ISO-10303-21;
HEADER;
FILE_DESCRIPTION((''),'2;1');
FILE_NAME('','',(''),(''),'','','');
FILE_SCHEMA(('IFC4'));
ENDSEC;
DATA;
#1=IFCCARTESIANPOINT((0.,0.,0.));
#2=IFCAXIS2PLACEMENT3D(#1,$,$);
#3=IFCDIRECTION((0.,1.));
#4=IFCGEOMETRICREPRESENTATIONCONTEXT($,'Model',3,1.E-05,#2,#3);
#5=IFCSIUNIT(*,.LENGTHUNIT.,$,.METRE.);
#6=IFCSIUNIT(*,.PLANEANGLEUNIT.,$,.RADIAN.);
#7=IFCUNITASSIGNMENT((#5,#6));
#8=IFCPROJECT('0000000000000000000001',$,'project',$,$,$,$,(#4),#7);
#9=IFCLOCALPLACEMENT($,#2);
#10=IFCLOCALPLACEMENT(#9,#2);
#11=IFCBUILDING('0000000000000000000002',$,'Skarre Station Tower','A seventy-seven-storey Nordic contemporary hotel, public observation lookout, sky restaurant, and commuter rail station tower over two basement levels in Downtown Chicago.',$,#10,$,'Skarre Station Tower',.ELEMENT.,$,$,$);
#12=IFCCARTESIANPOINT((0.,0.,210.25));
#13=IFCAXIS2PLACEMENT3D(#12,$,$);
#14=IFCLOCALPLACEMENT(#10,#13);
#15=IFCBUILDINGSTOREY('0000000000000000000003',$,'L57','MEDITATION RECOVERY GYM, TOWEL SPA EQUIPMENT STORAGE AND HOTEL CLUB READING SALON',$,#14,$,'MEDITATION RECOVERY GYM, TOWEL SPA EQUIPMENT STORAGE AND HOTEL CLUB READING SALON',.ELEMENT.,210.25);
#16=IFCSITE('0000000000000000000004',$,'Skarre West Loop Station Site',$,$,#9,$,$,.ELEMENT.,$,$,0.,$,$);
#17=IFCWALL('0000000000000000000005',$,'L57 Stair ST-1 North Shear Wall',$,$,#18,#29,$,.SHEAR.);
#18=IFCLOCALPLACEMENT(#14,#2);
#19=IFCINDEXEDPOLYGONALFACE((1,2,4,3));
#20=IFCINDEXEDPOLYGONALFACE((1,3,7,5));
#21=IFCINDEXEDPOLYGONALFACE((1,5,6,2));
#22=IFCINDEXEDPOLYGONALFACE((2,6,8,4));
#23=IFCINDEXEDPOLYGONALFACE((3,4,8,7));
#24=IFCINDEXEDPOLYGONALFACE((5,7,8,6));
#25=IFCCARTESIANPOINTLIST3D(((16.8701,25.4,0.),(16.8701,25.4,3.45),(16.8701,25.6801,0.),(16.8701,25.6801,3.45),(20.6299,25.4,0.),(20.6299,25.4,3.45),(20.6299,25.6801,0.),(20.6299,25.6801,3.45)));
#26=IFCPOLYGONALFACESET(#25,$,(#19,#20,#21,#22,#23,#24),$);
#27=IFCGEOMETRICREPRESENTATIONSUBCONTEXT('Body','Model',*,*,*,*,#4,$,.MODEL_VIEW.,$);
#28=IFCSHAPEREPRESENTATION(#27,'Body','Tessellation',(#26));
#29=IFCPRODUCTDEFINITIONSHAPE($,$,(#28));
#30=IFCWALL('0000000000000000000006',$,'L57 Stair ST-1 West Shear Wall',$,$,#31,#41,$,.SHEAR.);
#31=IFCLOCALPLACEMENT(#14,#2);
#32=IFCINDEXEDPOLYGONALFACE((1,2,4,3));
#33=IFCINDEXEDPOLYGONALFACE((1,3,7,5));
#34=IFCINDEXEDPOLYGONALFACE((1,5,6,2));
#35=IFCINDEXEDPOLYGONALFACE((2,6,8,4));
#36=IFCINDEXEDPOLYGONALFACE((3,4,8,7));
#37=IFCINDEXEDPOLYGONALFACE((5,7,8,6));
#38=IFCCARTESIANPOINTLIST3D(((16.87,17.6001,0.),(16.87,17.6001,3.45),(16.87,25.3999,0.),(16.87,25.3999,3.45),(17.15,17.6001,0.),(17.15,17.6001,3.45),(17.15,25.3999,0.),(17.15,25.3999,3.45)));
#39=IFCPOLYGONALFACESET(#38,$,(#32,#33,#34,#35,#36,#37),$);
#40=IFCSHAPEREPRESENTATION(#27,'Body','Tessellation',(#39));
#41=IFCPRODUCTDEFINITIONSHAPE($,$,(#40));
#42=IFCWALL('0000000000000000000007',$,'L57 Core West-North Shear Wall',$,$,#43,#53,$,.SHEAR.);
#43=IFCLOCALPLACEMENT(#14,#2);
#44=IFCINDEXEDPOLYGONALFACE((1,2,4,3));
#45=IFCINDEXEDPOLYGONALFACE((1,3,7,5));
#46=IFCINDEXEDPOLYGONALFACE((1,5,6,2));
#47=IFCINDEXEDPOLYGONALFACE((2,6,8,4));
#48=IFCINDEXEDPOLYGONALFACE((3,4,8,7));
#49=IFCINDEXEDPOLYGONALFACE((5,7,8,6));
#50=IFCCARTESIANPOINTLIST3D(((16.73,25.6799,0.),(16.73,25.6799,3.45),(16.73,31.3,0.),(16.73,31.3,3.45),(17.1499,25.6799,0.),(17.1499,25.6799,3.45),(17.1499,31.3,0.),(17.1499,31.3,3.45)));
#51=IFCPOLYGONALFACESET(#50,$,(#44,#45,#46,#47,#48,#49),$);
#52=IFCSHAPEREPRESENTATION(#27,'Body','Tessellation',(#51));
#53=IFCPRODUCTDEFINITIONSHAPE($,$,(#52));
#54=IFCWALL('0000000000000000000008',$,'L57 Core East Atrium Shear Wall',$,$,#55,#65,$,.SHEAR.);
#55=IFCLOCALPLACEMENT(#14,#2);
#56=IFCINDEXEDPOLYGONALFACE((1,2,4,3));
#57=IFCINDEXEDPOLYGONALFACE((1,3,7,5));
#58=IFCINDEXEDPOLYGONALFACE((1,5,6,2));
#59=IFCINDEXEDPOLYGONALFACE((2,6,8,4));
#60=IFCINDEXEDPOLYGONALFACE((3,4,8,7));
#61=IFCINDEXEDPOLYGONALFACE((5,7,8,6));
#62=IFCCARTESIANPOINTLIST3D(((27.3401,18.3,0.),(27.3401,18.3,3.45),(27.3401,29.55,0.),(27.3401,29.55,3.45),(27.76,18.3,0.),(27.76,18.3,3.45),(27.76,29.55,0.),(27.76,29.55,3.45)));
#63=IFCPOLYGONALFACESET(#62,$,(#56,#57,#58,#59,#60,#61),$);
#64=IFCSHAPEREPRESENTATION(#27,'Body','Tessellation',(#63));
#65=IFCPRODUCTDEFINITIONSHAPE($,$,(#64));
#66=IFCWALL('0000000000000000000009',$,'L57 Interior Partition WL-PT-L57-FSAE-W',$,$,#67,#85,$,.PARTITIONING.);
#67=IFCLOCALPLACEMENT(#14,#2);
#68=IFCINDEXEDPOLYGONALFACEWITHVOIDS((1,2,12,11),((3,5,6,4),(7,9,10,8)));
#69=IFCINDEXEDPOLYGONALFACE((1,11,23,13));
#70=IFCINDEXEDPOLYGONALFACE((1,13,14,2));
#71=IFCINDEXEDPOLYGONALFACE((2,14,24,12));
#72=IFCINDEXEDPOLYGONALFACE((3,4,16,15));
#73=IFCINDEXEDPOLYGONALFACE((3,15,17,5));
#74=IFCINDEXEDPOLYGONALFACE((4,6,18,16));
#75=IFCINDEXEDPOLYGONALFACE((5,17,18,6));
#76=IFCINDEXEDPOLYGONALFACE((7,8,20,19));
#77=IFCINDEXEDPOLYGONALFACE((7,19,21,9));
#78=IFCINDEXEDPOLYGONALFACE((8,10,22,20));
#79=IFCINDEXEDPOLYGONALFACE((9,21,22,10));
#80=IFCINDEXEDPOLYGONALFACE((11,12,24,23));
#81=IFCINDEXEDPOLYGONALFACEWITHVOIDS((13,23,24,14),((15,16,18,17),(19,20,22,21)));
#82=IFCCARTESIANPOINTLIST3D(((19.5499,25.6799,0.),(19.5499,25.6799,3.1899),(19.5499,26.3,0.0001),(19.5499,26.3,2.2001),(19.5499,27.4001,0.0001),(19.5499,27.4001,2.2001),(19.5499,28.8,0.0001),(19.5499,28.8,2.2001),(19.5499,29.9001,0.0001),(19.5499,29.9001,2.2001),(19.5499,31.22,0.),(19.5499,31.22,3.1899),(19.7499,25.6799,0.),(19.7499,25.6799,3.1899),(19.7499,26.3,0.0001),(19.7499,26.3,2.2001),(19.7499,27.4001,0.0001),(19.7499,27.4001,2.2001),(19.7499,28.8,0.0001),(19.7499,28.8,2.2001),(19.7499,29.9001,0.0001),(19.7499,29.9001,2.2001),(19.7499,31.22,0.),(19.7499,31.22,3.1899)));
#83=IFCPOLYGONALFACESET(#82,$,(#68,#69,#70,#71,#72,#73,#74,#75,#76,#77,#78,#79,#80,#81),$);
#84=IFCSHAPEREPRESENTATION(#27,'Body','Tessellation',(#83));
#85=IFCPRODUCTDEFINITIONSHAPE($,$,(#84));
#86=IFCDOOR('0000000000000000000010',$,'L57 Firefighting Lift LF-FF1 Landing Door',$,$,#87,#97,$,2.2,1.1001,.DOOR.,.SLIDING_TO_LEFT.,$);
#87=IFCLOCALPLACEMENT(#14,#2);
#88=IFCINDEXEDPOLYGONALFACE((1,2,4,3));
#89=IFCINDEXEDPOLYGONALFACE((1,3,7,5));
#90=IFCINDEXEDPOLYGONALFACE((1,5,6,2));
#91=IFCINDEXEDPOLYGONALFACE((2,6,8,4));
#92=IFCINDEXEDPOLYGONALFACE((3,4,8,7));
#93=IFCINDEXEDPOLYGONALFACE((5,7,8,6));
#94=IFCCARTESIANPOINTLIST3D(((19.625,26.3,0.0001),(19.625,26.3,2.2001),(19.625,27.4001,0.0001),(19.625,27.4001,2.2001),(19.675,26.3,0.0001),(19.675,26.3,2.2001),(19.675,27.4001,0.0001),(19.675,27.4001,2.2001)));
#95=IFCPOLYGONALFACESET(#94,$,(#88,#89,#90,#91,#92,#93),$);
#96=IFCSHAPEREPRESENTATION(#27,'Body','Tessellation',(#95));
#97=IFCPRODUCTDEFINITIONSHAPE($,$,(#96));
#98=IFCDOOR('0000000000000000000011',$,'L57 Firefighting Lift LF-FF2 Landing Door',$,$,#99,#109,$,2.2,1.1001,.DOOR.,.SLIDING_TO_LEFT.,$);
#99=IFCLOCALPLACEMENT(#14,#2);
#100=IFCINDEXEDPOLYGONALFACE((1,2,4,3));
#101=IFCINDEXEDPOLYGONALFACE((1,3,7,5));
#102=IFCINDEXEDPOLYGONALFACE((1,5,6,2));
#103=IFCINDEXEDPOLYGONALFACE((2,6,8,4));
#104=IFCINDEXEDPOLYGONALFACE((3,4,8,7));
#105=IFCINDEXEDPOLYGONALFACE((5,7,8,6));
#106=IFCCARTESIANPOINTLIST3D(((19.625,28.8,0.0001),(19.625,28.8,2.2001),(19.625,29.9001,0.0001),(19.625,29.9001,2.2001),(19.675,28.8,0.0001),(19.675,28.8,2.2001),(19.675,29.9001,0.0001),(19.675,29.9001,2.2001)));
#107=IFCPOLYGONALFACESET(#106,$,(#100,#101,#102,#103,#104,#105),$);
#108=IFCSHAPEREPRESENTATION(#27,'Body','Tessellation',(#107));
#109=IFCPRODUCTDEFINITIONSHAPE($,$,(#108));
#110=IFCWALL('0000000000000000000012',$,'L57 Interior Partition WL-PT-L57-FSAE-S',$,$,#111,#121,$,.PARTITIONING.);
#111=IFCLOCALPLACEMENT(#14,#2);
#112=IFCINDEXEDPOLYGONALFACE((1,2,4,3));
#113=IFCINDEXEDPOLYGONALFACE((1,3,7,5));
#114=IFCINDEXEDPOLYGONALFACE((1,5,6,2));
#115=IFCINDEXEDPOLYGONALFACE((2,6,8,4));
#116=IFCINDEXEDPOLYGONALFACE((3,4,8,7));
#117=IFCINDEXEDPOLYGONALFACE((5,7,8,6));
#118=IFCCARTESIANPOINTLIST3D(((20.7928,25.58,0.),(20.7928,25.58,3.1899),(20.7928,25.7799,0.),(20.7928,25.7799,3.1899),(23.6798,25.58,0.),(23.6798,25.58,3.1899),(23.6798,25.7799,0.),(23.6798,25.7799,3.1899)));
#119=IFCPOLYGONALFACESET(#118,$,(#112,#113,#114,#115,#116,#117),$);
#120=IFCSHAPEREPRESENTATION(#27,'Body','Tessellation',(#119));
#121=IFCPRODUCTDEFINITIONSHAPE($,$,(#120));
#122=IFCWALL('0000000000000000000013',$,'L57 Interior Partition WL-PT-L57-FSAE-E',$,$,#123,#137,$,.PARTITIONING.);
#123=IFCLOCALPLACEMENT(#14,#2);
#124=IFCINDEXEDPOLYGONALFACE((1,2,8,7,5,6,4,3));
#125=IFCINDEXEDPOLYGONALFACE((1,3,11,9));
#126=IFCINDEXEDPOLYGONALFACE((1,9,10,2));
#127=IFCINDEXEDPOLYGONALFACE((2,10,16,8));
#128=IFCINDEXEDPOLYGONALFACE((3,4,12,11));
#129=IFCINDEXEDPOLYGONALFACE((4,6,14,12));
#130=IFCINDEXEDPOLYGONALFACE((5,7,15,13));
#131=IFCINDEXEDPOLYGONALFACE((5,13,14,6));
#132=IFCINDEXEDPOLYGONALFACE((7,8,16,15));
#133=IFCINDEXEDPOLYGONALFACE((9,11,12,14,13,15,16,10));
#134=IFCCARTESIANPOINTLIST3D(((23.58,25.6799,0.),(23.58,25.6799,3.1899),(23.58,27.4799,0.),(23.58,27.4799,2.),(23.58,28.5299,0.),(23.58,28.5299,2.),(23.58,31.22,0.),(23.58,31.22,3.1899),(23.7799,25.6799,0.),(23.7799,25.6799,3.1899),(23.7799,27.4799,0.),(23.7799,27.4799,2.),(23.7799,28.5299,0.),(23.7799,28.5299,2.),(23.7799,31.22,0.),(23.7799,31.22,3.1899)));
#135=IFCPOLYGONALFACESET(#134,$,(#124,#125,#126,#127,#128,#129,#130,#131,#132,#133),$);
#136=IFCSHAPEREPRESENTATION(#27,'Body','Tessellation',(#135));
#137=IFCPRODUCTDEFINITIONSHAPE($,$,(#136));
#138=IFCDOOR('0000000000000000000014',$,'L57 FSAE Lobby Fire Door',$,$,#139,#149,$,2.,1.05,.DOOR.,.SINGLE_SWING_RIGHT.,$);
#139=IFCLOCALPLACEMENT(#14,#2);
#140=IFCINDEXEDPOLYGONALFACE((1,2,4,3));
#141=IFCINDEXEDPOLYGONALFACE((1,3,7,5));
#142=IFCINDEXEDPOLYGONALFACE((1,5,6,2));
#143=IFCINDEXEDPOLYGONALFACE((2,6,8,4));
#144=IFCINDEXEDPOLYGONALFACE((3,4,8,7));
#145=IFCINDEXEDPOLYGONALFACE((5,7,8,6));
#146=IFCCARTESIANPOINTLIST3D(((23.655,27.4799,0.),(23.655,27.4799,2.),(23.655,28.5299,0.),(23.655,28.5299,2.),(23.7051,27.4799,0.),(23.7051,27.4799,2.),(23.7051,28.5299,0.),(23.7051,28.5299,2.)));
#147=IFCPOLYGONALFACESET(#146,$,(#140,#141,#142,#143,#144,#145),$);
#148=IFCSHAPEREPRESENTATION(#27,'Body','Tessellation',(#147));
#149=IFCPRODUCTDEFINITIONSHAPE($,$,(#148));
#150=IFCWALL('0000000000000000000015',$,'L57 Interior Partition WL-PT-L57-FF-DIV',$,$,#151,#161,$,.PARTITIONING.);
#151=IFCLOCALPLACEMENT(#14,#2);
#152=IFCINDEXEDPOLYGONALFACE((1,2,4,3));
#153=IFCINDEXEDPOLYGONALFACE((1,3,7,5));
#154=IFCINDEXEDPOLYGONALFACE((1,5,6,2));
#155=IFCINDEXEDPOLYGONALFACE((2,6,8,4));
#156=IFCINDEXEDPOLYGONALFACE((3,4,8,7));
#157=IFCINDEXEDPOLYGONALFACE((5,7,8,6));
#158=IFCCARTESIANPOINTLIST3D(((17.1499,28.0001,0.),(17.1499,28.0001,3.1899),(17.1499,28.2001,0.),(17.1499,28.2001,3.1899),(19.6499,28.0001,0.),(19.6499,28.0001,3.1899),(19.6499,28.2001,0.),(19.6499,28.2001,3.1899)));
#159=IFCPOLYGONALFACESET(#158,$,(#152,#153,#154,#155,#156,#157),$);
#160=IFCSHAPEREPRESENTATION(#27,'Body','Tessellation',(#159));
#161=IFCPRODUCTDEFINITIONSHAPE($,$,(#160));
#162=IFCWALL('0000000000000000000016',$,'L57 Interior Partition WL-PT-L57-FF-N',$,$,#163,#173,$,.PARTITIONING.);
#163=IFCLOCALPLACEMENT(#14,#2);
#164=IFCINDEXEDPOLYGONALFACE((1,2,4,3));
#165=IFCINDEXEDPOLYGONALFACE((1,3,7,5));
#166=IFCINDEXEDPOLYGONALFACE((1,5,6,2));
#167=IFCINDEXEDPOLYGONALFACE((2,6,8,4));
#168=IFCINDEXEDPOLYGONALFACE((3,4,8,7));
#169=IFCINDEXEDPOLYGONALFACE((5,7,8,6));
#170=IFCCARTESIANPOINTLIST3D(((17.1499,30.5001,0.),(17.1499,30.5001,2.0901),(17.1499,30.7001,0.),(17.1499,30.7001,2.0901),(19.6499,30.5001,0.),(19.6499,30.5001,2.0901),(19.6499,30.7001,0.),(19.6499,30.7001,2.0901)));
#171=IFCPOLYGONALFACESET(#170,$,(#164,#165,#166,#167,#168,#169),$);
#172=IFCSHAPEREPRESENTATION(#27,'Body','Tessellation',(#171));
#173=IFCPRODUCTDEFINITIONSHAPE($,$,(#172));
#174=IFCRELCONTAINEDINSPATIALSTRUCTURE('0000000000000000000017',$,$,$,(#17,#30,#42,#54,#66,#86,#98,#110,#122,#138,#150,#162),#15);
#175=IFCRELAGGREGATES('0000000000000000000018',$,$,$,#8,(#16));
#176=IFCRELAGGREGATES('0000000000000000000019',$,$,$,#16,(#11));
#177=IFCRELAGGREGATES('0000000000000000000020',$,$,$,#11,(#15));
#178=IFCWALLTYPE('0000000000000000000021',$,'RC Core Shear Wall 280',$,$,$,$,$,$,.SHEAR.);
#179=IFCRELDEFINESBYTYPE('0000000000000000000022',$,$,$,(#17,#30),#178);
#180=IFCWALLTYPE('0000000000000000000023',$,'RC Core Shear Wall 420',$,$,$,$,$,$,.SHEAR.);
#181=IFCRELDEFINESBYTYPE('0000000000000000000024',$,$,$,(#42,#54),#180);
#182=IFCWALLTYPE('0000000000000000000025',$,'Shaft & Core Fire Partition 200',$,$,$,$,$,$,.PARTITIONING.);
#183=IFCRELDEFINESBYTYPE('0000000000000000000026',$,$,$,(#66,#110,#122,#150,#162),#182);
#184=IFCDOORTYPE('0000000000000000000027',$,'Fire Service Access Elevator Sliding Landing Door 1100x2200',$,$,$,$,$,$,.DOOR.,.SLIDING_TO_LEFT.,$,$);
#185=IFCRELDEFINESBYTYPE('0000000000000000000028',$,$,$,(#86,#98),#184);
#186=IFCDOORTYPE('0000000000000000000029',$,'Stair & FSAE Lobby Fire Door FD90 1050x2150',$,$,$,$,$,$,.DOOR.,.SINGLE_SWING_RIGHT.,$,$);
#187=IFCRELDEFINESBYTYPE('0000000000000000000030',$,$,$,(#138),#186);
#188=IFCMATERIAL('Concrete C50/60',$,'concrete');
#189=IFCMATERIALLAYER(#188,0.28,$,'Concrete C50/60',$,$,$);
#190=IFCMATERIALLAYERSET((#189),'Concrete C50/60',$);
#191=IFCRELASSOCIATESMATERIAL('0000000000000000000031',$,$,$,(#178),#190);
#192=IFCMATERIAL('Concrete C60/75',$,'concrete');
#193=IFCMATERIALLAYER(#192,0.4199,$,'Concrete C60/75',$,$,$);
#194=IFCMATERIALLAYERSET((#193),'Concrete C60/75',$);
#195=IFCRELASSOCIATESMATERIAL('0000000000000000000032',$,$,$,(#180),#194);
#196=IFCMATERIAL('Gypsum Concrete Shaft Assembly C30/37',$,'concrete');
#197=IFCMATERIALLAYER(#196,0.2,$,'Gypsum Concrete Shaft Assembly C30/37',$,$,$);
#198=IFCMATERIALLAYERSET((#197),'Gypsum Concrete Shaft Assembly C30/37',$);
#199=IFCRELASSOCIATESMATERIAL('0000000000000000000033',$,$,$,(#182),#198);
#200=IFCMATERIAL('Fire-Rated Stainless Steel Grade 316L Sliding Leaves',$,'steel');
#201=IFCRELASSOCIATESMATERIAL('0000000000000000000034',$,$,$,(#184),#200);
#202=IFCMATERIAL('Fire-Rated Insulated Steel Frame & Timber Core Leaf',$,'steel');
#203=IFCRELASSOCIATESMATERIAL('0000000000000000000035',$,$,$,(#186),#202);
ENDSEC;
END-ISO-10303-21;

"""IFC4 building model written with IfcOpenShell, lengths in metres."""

from ifc_helpers import new_model, si_unit, direction, frame, frame_2d, origin, place, context, subcontext, project, spatial, rectangle, extrude, material, layer, layer_set, type_object, element, fill, save


model = new_model("IFC4")

# Units and contexts
model_context = context("Model", 3, precision=1e-05, world=origin(), true_north=direction((0.0, 1.0)))
body_context = subcontext(model_context, "Body", "Model", "MODEL_VIEW")
ifc_project = project(units=[si_unit("LENGTHUNIT", "METRE"), si_unit("PLANEANGLEUNIT", "RADIAN")], contexts=[model_context])

# Site, building, storey
site_placement = place(None, origin())
site = spatial("IfcSite", under=ifc_project, at=site_placement, Name="Skarre West Loop Station Site", CompositionType="ELEMENT", RefElevation=0.0)
building_placement = place(site_placement, origin())
building = spatial("IfcBuilding", under=site, at=building_placement, Name="Skarre Station Tower", Description="A seventy-seven-storey Nordic contemporary hotel, public observation lookout, sky restaurant, and commuter rail station tower over two basement levels in Downtown Chicago.", LongName="Skarre Station Tower", CompositionType="ELEMENT")
storey_placement = place(building_placement, frame((0.0, 0.0, 210.25)))
storey = spatial("IfcBuildingStorey", under=building, at=storey_placement, Name="L57", Description="MEDITATION RECOVERY GYM, TOWEL SPA EQUIPMENT STORAGE AND HOTEL CLUB READING SALON", LongName="MEDITATION RECOVERY GYM, TOWEL SPA EQUIPMENT STORAGE AND HOTEL CLUB READING SALON", CompositionType="ELEMENT", Elevation=210.25)

# Shared definitions
ifc_material_1 = material(Name="Concrete C60/75", Category="concrete")
ifc_material_2 = material(Name="Concrete C50/60", Category="concrete")

# Walls
ifc_layer_1 = layer(ifc_material_2, 0.28, Name="Concrete C50/60")
ifc_layer_set_1 = layer_set([ifc_layer_1], Name="Concrete C50/60")
wall_type_1 = type_object("IfcWallType", Name="RC Core Shear Wall 280", PredefinedType="SHEAR", material=ifc_layer_set_1)
wall_1_placement = place(storey_placement, frame((20.6299, 25.54, 0.0), z_axis=(0.0, 0.0, 1.0), x_axis=(-1.0, 0.0, 0.0)))
element("IfcWall", 1, at=wall_1_placement, inside=storey, type_object=wall_type_1, Name="L57 Stair ST-1 North Shear Wall", PredefinedType="SHEAR", context=body_context, shape_type="SweptSolid", body=[
    extrude(rectangle(XDim=3.7598, YDim=0.28, at=frame_2d((1.8799, 0.0))), origin(), (0.0, 0.0, 1.0), 3.45),
])
wall_2_placement = place(storey_placement, frame((17.01, 25.3999, 0.0), z_axis=(0.0, 0.0, 1.0), x_axis=(0.0, -1.0, 0.0)))
element("IfcWall", 2, at=wall_2_placement, inside=storey, type_object=wall_type_1, Name="L57 Stair ST-1 West Shear Wall", PredefinedType="SHEAR", context=body_context, shape_type="SweptSolid", body=[
    extrude(rectangle(XDim=7.7998, YDim=0.28, at=frame_2d((3.8999, 0.0))), origin(), (0.0, 0.0, 1.0), 3.45),
])
ifc_layer_2 = layer(ifc_material_1, 0.4199, Name="Concrete C60/75")
ifc_layer_set_2 = layer_set([ifc_layer_2], Name="Concrete C60/75")
wall_type_2 = type_object("IfcWallType", Name="RC Core Shear Wall 420", PredefinedType="SHEAR", material=ifc_layer_set_2)
wall_3_placement = place(storey_placement, frame((16.9399, 25.6799, 0.0), z_axis=(0.0, 0.0, 1.0), x_axis=(0.0, 1.0, 0.0)))
element("IfcWall", 3, at=wall_3_placement, inside=storey, type_object=wall_type_2, Name="L57 Core West-North Shear Wall", PredefinedType="SHEAR", context=body_context, shape_type="SweptSolid", body=[
    extrude(rectangle(XDim=5.6201, YDim=0.4199, at=frame_2d((2.8101, 0.0))), origin(), (0.0, 0.0, 1.0), 3.45),
])
wall_4_placement = place(storey_placement, frame((27.55, 29.55, 0.0), z_axis=(0.0, 0.0, 1.0), x_axis=(0.0, -1.0, 0.0)))
element("IfcWall", 4, at=wall_4_placement, inside=storey, type_object=wall_type_2, Name="L57 Core East Atrium Shear Wall", PredefinedType="SHEAR", context=body_context, shape_type="SweptSolid", body=[
    extrude(rectangle(XDim=11.25, YDim=0.4199, at=frame_2d((5.625, 0.0))), origin(), (0.0, 0.0, 1.0), 3.45),
])

# Wall, openings, doors
ifc_material_3 = material(Name="Gypsum Concrete Shaft Assembly C30/37", Category="concrete")
ifc_layer_3 = layer(ifc_material_3, 0.2, Name="Gypsum Concrete Shaft Assembly C30/37")
ifc_layer_set_3 = layer_set([ifc_layer_3], Name="Gypsum Concrete Shaft Assembly C30/37")
wall_type_3 = type_object("IfcWallType", Name="Shaft & Core Fire Partition 200", PredefinedType="PARTITIONING", material=ifc_layer_set_3)
wall_5_placement = place(storey_placement, frame((19.6499, 25.6799, 0.0), z_axis=(0.0, 0.0, 1.0), x_axis=(0.0, 1.0, 0.0)))
wall_5 = element("IfcWall", 5, at=wall_5_placement, inside=storey, type_object=wall_type_3, Name="L57 Interior Partition WL-PT-L57-FSAE-W", PredefinedType="PARTITIONING", context=body_context, shape_type="SweptSolid", body=[
    extrude(rectangle(XDim=5.54, YDim=0.2, at=frame_2d((2.77, 0.0))), origin(), (0.0, 0.0, 1.0), 3.1899),
])
opening_1_placement = place(wall_5_placement, frame((0.6201, 0.0, 0.0)))
opening_1 = element("IfcOpeningElement", 6, at=opening_1_placement, cuts=wall_5, PredefinedType="OPENING", context=body_context, shape_type="SweptSolid", body=[
    extrude(rectangle(XDim=1.1001, YDim=2.2, at=frame_2d((0.55, 1.1001))), frame((0.0, 0.1099, 0.0), z_axis=(0.0, -1.0, 0.0), x_axis=(1.0, 0.0, 0.0)), (0.0, 0.0, 1.0), 0.22),
])
opening_2_placement = place(wall_5_placement, frame((3.1201, 0.0, 0.0)))
opening_2 = element("IfcOpeningElement", 7, at=opening_2_placement, cuts=wall_5, PredefinedType="OPENING", context=body_context, shape_type="SweptSolid", body=[
    extrude(rectangle(XDim=1.1001, YDim=2.2, at=frame_2d((0.55, 1.1001))), frame((0.0, 0.1099, 0.0), z_axis=(0.0, -1.0, 0.0), x_axis=(1.0, 0.0, 0.0)), (0.0, 0.0, 1.0), 0.22),
])
ifc_material_4 = material(Name="Fire-Rated Stainless Steel Grade 316L Sliding Leaves", Category="steel")
door_type_1 = type_object("IfcDoorType", Name="Fire Service Access Elevator Sliding Landing Door 1100x2200", OperationType="SLIDING_TO_LEFT", PredefinedType="DOOR", material=ifc_material_4)
door_1_placement = place(opening_1_placement, origin())
door_1 = element("IfcDoor", 8, at=door_1_placement, inside=storey, type_object=door_type_1, Name="L57 Firefighting Lift LF-FF1 Landing Door", OperationType="SLIDING_TO_LEFT", OverallHeight=2.2, OverallWidth=1.1001, PredefinedType="DOOR", context=body_context, shape_type="SweptSolid", body=[
    extrude(rectangle(XDim=1.1001, YDim=2.2, at=frame_2d((0.55, 1.1001))), frame((0.0, 0.0249, 0.0), z_axis=(0.0, -1.0, 0.0), x_axis=(1.0, 0.0, 0.0)), (0.0, 0.0, 1.0), 0.05),
])
fill(opening_1, door_1)
door_2_placement = place(opening_2_placement, origin())
door_2 = element("IfcDoor", 9, at=door_2_placement, inside=storey, type_object=door_type_1, Name="L57 Firefighting Lift LF-FF2 Landing Door", OperationType="SLIDING_TO_LEFT", OverallHeight=2.2, OverallWidth=1.1001, PredefinedType="DOOR", context=body_context, shape_type="SweptSolid", body=[
    extrude(rectangle(XDim=1.1001, YDim=2.2, at=frame_2d((0.55, 1.1001))), frame((0.0, 0.0249, 0.0), z_axis=(0.0, -1.0, 0.0), x_axis=(1.0, 0.0, 0.0)), (0.0, 0.0, 1.0), 0.05),
])
fill(opening_2, door_2)

# Wall
wall_6_placement = place(storey_placement, frame((20.793, 25.6799, 0.0), z_axis=(0.0, 0.0, 1.0), x_axis=(1.0, 0.0, 0.0)))
element("IfcWall", 10, at=wall_6_placement, inside=storey, type_object=wall_type_3, Name="L57 Interior Partition WL-PT-L57-FSAE-S", PredefinedType="PARTITIONING", context=body_context, shape_type="SweptSolid", body=[
    extrude(rectangle(XDim=2.887, YDim=0.2, at=frame_2d((1.4434, 0.0))), origin(), (0.0, 0.0, 1.0), 3.1899),
])

# Wall, opening, door
wall_7_placement = place(storey_placement, frame((23.6799, 25.6799, 0.0), z_axis=(0.0, 0.0, 1.0), x_axis=(0.0, 1.0, 0.0)))
wall_7 = element("IfcWall", 11, at=wall_7_placement, inside=storey, type_object=wall_type_3, Name="L57 Interior Partition WL-PT-L57-FSAE-E", PredefinedType="PARTITIONING", context=body_context, shape_type="SweptSolid", body=[
    extrude(rectangle(XDim=5.54, YDim=0.2, at=frame_2d((2.77, 0.0))), origin(), (0.0, 0.0, 1.0), 3.1899),
])
opening_3_placement = place(wall_7_placement, frame((1.8, 0.0, 0.0)))
opening_3 = element("IfcOpeningElement", 12, at=opening_3_placement, cuts=wall_7, PredefinedType="OPENING", context=body_context, shape_type="SweptSolid", body=[
    extrude(rectangle(XDim=1.05, YDim=2.0, at=frame_2d((0.5249, 1.0))), frame((0.0, 0.1099, 0.0), z_axis=(0.0, -1.0, 0.0), x_axis=(1.0, 0.0, 0.0)), (0.0, 0.0, 1.0), 0.22),
])
ifc_material_5 = material(Name="Fire-Rated Insulated Steel Frame & Timber Core Leaf", Category="steel")
door_type_2 = type_object("IfcDoorType", Name="Stair & FSAE Lobby Fire Door FD90 1050x2150", OperationType="SINGLE_SWING_RIGHT", PredefinedType="DOOR", material=ifc_material_5)
door_3_placement = place(opening_3_placement, origin())
door_3 = element("IfcDoor", 13, at=door_3_placement, inside=storey, type_object=door_type_2, Name="L57 FSAE Lobby Fire Door", OperationType="SINGLE_SWING_RIGHT", OverallHeight=2.0, OverallWidth=1.05, PredefinedType="DOOR", context=body_context, shape_type="SweptSolid", body=[
    extrude(rectangle(XDim=1.05, YDim=2.0, at=frame_2d((0.5249, 1.0))), frame((0.0, 0.0249, 0.0), z_axis=(0.0, -1.0, 0.0), x_axis=(1.0, 0.0, 0.0)), (0.0, 0.0, 1.0), 0.05),
])
fill(opening_3, door_3)

# Walls
wall_8_placement = place(storey_placement, frame((17.1499, 28.1001, 0.0), z_axis=(0.0, 0.0, 1.0), x_axis=(1.0, 0.0, 0.0)))
element("IfcWall", 14, at=wall_8_placement, inside=storey, type_object=wall_type_3, Name="L57 Interior Partition WL-PT-L57-FF-DIV", PredefinedType="PARTITIONING", context=body_context, shape_type="SweptSolid", body=[
    extrude(rectangle(XDim=2.5, YDim=0.2, at=frame_2d((1.25, 0.0))), origin(), (0.0, 0.0, 1.0), 3.1899),
])
wall_9_placement = place(storey_placement, frame((19.6499, 30.6001, 0.0), z_axis=(0.0, 0.0, 1.0), x_axis=(-1.0, 0.0, 0.0)))
element("IfcWall", 15, at=wall_9_placement, inside=storey, type_object=wall_type_3, Name="L57 Interior Partition WL-PT-L57-FF-N", PredefinedType="PARTITIONING", context=body_context, shape_type="SweptSolid", body=[
    extrude(rectangle(XDim=2.5, YDim=0.2, at=frame_2d((1.25, 0.0))), origin(), (0.0, 0.0, 1.0), 2.0901),
])

save(model, "model.ifc")
